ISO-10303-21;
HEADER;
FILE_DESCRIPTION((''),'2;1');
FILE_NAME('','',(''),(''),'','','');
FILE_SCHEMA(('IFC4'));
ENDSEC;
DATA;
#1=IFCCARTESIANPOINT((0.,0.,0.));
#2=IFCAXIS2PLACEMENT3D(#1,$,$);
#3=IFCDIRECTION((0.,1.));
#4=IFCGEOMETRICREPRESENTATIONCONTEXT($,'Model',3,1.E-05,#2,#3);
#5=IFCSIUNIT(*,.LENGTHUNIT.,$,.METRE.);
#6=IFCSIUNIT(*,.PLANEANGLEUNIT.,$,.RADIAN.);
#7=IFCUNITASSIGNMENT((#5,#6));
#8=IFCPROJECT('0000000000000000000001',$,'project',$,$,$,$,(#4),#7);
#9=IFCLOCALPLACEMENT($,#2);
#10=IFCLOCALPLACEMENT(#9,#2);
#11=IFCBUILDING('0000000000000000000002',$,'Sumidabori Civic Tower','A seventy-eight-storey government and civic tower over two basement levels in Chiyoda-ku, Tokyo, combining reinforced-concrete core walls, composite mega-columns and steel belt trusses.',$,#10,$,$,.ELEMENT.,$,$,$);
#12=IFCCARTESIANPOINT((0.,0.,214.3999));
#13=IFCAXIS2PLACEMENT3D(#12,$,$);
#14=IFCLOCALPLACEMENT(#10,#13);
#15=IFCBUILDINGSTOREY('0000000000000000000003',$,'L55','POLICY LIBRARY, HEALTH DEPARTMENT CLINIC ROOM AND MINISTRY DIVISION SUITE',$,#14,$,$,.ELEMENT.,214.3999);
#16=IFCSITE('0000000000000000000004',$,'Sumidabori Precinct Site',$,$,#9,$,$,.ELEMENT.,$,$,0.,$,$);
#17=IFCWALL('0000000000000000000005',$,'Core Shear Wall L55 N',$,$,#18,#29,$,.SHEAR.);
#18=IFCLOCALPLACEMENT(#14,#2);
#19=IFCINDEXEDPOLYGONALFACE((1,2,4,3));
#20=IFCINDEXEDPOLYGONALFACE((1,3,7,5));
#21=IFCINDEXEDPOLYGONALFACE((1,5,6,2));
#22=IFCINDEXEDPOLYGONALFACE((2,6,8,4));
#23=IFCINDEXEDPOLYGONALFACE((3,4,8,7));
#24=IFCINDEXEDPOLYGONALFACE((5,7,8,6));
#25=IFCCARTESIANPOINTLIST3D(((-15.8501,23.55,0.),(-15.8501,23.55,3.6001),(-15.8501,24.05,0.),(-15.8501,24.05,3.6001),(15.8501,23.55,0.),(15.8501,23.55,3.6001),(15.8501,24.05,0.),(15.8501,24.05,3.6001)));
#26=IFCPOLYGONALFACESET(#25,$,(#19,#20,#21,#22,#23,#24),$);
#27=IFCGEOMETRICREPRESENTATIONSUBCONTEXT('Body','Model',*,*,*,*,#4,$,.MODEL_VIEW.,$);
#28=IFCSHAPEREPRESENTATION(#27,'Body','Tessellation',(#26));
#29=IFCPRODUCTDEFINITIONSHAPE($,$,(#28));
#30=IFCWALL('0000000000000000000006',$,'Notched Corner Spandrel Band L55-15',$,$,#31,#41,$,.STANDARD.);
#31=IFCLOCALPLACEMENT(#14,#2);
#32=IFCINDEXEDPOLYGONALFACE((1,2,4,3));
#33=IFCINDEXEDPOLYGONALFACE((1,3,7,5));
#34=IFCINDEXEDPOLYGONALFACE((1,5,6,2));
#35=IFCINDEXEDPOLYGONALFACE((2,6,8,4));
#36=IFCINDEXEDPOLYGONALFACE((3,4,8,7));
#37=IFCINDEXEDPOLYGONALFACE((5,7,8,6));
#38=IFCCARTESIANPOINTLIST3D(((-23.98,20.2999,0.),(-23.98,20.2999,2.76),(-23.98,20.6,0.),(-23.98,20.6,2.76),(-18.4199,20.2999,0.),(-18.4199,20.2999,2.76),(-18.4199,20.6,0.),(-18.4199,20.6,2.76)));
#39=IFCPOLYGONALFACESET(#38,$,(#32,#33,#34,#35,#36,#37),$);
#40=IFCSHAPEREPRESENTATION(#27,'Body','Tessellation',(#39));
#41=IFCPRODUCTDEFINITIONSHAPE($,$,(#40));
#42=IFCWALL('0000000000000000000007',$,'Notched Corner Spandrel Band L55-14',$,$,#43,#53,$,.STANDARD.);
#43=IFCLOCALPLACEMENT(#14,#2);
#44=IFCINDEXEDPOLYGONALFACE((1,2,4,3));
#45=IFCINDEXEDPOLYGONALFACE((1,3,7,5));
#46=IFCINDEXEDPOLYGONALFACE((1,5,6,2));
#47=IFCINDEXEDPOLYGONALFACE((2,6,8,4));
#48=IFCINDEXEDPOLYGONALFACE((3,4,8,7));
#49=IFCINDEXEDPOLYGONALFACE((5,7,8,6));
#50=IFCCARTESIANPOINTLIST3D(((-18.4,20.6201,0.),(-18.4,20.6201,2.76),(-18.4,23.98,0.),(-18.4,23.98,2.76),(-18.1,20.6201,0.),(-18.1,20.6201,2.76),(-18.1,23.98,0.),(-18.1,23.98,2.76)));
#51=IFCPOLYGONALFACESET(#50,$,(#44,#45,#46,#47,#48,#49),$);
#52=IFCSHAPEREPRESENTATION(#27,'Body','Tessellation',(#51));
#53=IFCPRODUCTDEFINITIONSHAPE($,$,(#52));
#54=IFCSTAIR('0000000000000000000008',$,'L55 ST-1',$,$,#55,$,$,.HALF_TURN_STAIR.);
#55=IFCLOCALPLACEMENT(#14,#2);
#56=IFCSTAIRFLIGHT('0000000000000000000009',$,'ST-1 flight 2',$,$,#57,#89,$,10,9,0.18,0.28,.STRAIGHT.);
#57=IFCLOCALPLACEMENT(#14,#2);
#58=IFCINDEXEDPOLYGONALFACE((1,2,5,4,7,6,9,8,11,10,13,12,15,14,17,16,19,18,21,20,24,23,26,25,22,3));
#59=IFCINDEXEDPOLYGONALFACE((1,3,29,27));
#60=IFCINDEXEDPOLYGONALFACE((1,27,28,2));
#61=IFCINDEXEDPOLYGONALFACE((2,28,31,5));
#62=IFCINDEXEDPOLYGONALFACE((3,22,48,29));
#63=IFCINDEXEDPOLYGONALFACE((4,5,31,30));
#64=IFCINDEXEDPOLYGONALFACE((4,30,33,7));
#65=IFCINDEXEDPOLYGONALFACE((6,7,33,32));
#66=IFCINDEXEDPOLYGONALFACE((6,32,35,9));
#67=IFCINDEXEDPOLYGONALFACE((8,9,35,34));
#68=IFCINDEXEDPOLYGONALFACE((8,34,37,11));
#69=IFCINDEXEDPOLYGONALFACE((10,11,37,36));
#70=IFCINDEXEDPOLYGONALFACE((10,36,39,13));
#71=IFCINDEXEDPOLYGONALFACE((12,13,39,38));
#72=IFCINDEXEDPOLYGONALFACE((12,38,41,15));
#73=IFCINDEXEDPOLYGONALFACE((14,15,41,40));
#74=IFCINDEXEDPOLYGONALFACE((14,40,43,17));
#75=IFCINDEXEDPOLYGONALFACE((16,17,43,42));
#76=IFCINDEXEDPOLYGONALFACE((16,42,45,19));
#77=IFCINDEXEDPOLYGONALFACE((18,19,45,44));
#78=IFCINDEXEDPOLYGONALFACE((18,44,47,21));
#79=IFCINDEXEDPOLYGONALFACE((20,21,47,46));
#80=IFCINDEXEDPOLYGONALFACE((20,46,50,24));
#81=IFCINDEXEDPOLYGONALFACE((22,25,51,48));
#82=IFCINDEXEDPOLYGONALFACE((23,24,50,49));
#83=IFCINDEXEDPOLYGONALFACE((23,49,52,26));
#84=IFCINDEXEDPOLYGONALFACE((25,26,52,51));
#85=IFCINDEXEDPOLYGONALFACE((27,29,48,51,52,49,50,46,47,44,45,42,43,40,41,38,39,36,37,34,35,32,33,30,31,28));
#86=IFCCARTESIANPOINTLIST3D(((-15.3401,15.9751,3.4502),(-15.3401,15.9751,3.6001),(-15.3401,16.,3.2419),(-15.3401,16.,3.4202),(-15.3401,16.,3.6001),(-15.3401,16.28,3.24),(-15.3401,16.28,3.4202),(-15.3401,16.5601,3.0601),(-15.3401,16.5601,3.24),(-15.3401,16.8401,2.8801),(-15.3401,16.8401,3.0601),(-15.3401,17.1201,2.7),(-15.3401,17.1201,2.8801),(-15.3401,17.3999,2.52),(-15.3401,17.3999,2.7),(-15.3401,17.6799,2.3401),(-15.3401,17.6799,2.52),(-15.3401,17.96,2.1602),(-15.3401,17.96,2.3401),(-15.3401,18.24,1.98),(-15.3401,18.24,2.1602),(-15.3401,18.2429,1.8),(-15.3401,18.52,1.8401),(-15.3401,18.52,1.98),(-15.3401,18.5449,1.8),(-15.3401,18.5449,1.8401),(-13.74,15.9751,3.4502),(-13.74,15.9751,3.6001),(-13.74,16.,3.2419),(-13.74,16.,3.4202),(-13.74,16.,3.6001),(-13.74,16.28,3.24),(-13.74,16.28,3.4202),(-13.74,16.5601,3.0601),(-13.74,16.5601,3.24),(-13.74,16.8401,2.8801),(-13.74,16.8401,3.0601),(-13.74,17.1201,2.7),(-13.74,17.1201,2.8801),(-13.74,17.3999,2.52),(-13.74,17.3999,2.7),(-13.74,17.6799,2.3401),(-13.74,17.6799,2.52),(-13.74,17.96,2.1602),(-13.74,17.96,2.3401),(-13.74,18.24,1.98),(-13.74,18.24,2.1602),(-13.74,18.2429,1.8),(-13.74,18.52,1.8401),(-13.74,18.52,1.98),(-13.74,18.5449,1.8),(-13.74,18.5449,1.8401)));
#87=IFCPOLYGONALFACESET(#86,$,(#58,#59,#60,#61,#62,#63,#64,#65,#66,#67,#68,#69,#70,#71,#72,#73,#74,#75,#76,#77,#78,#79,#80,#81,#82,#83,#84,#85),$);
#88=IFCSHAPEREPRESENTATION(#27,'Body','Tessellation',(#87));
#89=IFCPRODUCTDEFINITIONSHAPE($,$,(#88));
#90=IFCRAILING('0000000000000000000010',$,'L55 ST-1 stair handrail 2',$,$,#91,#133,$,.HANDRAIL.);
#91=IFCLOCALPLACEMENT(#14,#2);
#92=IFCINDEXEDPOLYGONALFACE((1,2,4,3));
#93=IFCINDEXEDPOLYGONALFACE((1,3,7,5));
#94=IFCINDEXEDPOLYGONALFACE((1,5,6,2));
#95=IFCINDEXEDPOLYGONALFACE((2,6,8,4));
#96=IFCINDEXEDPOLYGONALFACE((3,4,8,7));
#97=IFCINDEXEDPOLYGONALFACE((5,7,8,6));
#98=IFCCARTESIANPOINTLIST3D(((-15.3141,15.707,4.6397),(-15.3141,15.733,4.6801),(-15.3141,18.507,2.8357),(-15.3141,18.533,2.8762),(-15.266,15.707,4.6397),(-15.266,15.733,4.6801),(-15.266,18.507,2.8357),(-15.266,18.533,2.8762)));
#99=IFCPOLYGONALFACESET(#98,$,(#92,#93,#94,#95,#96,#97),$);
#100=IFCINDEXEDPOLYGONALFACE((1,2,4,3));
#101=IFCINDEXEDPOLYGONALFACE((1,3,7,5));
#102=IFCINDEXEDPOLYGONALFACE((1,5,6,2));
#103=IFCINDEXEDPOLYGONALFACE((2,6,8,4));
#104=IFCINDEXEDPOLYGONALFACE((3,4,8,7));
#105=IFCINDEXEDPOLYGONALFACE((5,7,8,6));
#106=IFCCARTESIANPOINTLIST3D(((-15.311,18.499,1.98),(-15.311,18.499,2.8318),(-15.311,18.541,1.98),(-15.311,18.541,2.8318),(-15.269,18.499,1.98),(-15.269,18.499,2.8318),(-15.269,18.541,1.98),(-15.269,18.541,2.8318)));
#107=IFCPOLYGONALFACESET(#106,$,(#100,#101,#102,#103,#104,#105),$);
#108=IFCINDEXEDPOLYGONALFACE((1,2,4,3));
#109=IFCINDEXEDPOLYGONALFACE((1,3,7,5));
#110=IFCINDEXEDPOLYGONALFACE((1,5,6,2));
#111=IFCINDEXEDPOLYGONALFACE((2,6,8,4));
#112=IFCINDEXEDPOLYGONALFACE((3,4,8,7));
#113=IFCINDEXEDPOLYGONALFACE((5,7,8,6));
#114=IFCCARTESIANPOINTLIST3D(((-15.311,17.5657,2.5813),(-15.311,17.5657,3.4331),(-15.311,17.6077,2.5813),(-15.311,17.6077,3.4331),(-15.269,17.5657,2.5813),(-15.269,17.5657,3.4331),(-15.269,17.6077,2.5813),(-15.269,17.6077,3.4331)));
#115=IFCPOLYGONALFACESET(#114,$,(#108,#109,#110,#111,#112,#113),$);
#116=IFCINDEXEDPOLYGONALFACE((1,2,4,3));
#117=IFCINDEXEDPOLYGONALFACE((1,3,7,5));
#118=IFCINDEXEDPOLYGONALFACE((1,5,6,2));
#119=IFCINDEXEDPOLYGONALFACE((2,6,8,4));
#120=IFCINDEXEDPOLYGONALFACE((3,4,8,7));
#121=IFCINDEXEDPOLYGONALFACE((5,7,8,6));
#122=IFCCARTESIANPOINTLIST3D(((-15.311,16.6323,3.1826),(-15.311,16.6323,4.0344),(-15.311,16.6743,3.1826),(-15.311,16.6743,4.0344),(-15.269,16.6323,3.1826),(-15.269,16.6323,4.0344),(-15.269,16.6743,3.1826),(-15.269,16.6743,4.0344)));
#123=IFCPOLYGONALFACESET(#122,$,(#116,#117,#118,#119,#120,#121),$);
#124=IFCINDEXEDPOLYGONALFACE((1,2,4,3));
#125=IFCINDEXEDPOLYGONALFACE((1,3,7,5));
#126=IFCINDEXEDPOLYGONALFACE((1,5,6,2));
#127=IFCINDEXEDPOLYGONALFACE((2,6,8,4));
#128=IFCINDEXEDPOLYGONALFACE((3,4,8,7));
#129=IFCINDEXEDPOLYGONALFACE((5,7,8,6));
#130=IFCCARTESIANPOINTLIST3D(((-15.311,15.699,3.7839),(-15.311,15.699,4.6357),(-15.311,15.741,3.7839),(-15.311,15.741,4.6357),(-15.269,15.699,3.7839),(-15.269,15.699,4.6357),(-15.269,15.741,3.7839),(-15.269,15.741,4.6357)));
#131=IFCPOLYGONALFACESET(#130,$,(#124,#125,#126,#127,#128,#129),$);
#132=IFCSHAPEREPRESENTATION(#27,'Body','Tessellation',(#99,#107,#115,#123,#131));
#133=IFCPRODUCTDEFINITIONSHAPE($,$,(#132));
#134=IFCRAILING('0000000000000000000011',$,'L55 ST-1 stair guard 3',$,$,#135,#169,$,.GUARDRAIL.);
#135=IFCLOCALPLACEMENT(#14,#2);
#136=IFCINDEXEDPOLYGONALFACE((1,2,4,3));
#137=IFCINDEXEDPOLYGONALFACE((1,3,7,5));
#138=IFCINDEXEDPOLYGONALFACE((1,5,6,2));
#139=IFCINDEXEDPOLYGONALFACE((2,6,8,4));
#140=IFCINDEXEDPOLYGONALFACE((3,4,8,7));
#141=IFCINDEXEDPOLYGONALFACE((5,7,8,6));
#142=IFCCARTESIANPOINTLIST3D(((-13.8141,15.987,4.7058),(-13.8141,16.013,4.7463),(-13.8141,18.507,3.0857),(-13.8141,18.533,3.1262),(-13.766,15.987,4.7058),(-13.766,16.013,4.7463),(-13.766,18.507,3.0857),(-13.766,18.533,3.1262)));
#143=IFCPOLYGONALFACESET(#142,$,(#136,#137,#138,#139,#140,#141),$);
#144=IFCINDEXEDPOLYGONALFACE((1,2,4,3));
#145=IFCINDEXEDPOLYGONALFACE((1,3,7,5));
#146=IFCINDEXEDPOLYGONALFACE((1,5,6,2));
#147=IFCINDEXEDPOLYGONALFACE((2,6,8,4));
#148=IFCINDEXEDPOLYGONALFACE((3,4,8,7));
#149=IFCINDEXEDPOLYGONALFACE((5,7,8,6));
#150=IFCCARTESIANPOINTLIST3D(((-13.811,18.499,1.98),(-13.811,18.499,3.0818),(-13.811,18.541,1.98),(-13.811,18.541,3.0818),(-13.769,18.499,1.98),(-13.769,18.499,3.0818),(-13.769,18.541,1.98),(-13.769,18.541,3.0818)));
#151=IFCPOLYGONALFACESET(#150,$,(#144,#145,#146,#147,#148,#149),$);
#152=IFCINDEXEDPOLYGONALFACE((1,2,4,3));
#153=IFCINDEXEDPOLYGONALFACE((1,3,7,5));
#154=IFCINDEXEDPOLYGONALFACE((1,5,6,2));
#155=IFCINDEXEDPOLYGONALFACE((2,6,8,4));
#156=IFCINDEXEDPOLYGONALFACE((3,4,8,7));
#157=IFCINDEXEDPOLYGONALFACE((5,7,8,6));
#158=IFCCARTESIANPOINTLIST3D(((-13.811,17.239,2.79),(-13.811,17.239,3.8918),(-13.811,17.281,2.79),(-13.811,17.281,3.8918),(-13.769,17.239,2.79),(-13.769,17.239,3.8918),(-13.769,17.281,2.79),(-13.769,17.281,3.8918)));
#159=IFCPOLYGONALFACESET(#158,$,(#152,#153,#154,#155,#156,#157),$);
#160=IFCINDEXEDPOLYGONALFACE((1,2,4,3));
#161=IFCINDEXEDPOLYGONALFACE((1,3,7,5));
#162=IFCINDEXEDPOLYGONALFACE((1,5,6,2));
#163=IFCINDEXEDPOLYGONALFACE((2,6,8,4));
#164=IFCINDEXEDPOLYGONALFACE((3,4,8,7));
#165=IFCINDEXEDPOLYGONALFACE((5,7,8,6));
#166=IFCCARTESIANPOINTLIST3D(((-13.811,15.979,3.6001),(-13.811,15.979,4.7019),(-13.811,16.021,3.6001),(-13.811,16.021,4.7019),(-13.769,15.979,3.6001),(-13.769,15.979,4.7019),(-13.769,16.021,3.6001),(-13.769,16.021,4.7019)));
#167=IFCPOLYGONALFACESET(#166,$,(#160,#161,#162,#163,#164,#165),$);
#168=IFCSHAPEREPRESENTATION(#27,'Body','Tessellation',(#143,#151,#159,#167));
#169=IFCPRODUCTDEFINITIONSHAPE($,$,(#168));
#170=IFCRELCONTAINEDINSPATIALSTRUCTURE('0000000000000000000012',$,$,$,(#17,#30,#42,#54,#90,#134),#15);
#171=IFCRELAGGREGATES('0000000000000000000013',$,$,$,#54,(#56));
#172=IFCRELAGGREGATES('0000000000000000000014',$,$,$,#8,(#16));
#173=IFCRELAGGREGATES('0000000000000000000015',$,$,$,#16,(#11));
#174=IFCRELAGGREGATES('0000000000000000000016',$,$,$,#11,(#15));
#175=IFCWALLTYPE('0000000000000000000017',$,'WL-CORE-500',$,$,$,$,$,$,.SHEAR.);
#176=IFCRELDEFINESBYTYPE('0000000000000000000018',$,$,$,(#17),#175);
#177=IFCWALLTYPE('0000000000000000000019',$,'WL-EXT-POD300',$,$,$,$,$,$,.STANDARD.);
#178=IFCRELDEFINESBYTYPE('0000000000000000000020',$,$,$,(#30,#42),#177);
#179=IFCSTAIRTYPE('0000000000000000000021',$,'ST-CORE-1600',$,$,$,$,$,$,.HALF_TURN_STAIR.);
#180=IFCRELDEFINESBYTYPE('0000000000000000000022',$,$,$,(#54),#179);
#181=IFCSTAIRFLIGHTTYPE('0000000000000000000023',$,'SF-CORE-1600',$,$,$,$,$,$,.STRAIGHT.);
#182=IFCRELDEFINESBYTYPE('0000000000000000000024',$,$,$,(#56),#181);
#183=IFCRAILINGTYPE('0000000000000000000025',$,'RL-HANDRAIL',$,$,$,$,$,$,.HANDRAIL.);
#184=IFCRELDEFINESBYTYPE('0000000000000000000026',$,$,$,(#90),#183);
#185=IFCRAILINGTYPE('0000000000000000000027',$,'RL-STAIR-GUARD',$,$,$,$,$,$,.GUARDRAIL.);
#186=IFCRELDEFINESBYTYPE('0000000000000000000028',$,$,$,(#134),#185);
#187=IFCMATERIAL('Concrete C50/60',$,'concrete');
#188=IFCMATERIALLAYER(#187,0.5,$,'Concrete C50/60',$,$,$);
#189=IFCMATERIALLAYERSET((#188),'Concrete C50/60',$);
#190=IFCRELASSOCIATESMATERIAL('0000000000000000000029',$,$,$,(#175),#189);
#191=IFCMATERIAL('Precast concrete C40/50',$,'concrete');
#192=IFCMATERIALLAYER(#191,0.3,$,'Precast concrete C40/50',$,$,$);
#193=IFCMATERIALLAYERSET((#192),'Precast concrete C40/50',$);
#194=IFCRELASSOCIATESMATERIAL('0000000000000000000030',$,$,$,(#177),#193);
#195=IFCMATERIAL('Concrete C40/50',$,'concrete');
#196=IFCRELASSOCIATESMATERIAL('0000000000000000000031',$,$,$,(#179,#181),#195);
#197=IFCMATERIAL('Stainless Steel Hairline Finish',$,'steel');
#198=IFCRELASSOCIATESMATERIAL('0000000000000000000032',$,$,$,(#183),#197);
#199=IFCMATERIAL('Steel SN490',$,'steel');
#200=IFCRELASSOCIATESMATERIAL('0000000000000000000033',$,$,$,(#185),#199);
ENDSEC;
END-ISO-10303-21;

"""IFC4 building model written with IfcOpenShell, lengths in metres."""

from ifc_helpers import new_model, si_unit, direction, frame, frame_2d, origin, origin_2d, place, context, subcontext, project, spatial, polyline, rectangle, outline, extrude, source, transform, mapped, material, layer, layer_set, type_object, element, aggregate, save


model = new_model("IFC4")

# Units and contexts
model_context = context("Model", 3, precision=1e-05, world=origin(), true_north=direction((0.0, 1.0)))
body_context = subcontext(model_context, "Body", "Model", "MODEL_VIEW")
ifc_project = project(units=[si_unit("LENGTHUNIT", "METRE"), si_unit("PLANEANGLEUNIT", "RADIAN")], contexts=[model_context])

# Site, building, storey
site_placement = place(None, origin())
site = spatial("IfcSite", under=ifc_project, at=site_placement, Name="Sumidabori Precinct Site", CompositionType="ELEMENT", RefElevation=0.0)
building_placement = place(site_placement, origin())
building = spatial("IfcBuilding", under=site, at=building_placement, Name="Sumidabori Civic Tower", Description="A seventy-eight-storey government and civic tower over two basement levels in Chiyoda-ku, Tokyo, combining reinforced-concrete core walls, composite mega-columns and steel belt trusses.", CompositionType="ELEMENT")
storey_placement = place(building_placement, frame((0.0, 0.0, 214.3999)))
storey = spatial("IfcBuildingStorey", under=building, at=storey_placement, Name="L55", Description="POLICY LIBRARY, HEALTH DEPARTMENT CLINIC ROOM AND MINISTRY DIVISION SUITE", CompositionType="ELEMENT", Elevation=214.3999)

# Shared definitions
ifc_material_1 = material(Name="Steel SN490", Category="steel")

# Wall
ifc_material_2 = material(Name="Concrete C50/60", Category="concrete")
ifc_layer_1 = layer(ifc_material_2, 0.5, Name="Concrete C50/60")
ifc_layer_set_1 = layer_set([ifc_layer_1], Name="Concrete C50/60")
wall_type_1 = type_object("IfcWallType", Name="WL-CORE-500", PredefinedType="SHEAR", material=ifc_layer_set_1)
shared_shape_1 = source(origin(), body_context, "Body", "SweptSolid", [
    extrude(rectangle(XDim=31.7002, YDim=0.5, at=frame_2d((15.8501, 0.0))), origin(), (0.0, 0.0, 1.0), 3.6001),
])
wall_1_placement = place(storey_placement, frame((-15.8501, 23.8, 0.0), z_axis=(0.0, 0.0, 1.0), x_axis=(1.0, 0.0, 0.0)))
element("IfcWall", 1, at=wall_1_placement, inside=storey, type_object=wall_type_1, Name="Core Shear Wall L55 N", PredefinedType="SHEAR", context=body_context, shape_type="MappedRepresentation", body=[
    mapped(shared_shape_1, transform((0.0, 0.0, 0.0), x_axis=(1.0, 0.0, 0.0), y_axis=(0.0, 1.0, 0.0), z_axis=(0.0, 0.0, 1.0), scale=1.0)),
])

# Walls
ifc_material_3 = material(Name="Precast concrete C40/50", Category="concrete")
ifc_layer_2 = layer(ifc_material_3, 0.3, Name="Precast concrete C40/50")
ifc_layer_set_2 = layer_set([ifc_layer_2], Name="Precast concrete C40/50")
wall_type_2 = type_object("IfcWallType", Name="WL-EXT-POD300", PredefinedType="STANDARD", material=ifc_layer_set_2)
shared_shape_2 = source(origin(), body_context, "Body", "SweptSolid", [
    extrude(rectangle(XDim=5.5601, YDim=0.3, at=frame_2d((2.78, 0.0))), origin(), (0.0, 0.0, 1.0), 2.76),
])
wall_2_placement = place(storey_placement, frame((-18.4199, 20.45, 0.0), z_axis=(0.0, 0.0, 1.0), x_axis=(-1.0, 0.0, 0.0)))
element("IfcWall", 2, at=wall_2_placement, inside=storey, type_object=wall_type_2, Name="Notched Corner Spandrel Band L55-15", PredefinedType="STANDARD", context=body_context, shape_type="MappedRepresentation", body=[
    mapped(shared_shape_2, transform((0.0, 0.0, 0.0), x_axis=(1.0, 0.0, 0.0), y_axis=(0.0, 1.0, 0.0), z_axis=(0.0, 0.0, 1.0), scale=1.0)),
])
shared_shape_3 = source(origin(), body_context, "Body", "SweptSolid", [
    extrude(rectangle(XDim=3.3599, YDim=0.3, at=frame_2d((1.6799, 0.0))), origin(), (0.0, 0.0, 1.0), 2.76),
])
wall_3_placement = place(storey_placement, frame((-18.25, 23.98, 0.0), z_axis=(0.0, 0.0, 1.0), x_axis=(0.0, -1.0, 0.0)))
element("IfcWall", 3, at=wall_3_placement, inside=storey, type_object=wall_type_2, Name="Notched Corner Spandrel Band L55-14", PredefinedType="STANDARD", context=body_context, shape_type="MappedRepresentation", body=[
    mapped(shared_shape_3, transform((0.0, 0.0, 0.0), x_axis=(1.0, 0.0, 0.0), y_axis=(0.0, 1.0, 0.0), z_axis=(0.0, 0.0, 1.0), scale=1.0)),
])

# Stair, stair flight
ifc_material_4 = material(Name="Concrete C40/50", Category="concrete")
stair_type = type_object("IfcStairType", Name="ST-CORE-1600", PredefinedType="HALF_TURN_STAIR", material=ifc_material_4)
stair_placement = place(storey_placement, origin())
stair = element("IfcStair", 4, at=stair_placement, inside=storey, type_object=stair_type, Name="L55 ST-1", PredefinedType="HALF_TURN_STAIR")
stair_flight_type = type_object("IfcStairFlightType", Name="SF-CORE-1600", PredefinedType="STRAIGHT", material=ifc_material_4)
shared_shape_4 = source(origin(), body_context, "Body", "SweptSolid", [
    extrude(outline(polyline([(-0.0249, 0.0), (-0.0249, 0.04), (0.0, 0.04), (0.0, 0.1799), (0.28, 0.1799), (0.28, 0.3601), (0.5601, 0.3601), (0.5601, 0.54), (0.8401, 0.54), (0.8401, 0.72), (1.1201, 0.72), (1.1201, 0.8999), (1.3999, 0.8999), (1.3999, 1.0801), (1.6799, 1.0801), (1.6799, 1.26), (1.96, 1.26), (1.96, 1.4399), (2.24, 1.4399), (2.24, 1.6201), (2.52, 1.6201), (2.52, 1.8), (2.5449, 1.8), (2.5449, 1.6501), (2.52, 1.4419), (0.2771, 0.0), (-0.0249, 0.0)])), frame((0.0, 0.8, 0.0), z_axis=(0.0, -1.0, 0.0), x_axis=(1.0, 0.0, 0.0)), (0.0, 0.0, 1.0), 1.6001),
])
stair_flight_placement = place(storey_placement, frame((-14.54, 18.52, 1.8), z_axis=(0.0, 0.0, 1.0), x_axis=(0.0, -1.0, 0.0)))
stair_flight = element("IfcStairFlight", 5, at=stair_flight_placement, type_object=stair_flight_type, Name="ST-1 flight 2", NumberOfRisers=10, NumberOfTreads=9, PredefinedType="STRAIGHT", RiserHeight=0.18, TreadLength=0.28, context=body_context, shape_type="MappedRepresentation", body=[
    mapped(shared_shape_4, transform((0.0, 0.0, 0.0), x_axis=(1.0, 0.0, 0.0), y_axis=(0.0, 1.0, 0.0), z_axis=(0.0, 0.0, 1.0), scale=1.0)),
])
aggregate(stair, [stair_flight])

# Railings
ifc_material_5 = material(Name="Stainless Steel Hairline Finish", Category="steel")
railing_type_1 = type_object("IfcRailingType", Name="RL-HANDRAIL", PredefinedType="HANDRAIL", material=ifc_material_5)
railing_1_placement = place(storey_placement, frame((-15.29, 18.52, 1.98)))
element("IfcRailing", 6, at=railing_1_placement, inside=storey, type_object=railing_type_1, Name="L55 ST-1 stair handrail 2", PredefinedType="HANDRAIL", context=body_context, shape_type="SweptSolid", body=[
    extrude(rectangle(XDim=0.0481, YDim=0.0481, at=origin_2d()), frame((0.0, 0.0, 0.876), z_axis=(0.0, -0.840642, 0.541591), x_axis=(1.0, 0.0, 0.0)), (0.0, 0.0, 1.0), 3.3308),
    extrude(rectangle(XDim=0.042, YDim=0.042, at=origin_2d()), origin(), (0.0, 0.0, 1.0), 0.8518),
    extrude(rectangle(XDim=0.042, YDim=0.042, at=origin_2d()), frame((0.0, -0.9333, 0.6013)), (0.0, 0.0, 1.0), 0.8518),
    extrude(rectangle(XDim=0.042, YDim=0.042, at=origin_2d()), frame((0.0, -1.8667, 1.2026)), (0.0, 0.0, 1.0), 0.8518),
    extrude(rectangle(XDim=0.042, YDim=0.042, at=origin_2d()), frame((0.0, -2.8, 1.804)), (0.0, 0.0, 1.0), 0.8518),
])
railing_type_2 = type_object("IfcRailingType", Name="RL-STAIR-GUARD", PredefinedType="GUARDRAIL", material=ifc_material_1)
railing_2_placement = place(storey_placement, frame((-13.79, 18.52, 1.98)))
element("IfcRailing", 7, at=railing_2_placement, inside=storey, type_object=railing_type_2, Name="L55 ST-1 stair guard 3", PredefinedType="GUARDRAIL", context=body_context, shape_type="SweptSolid", body=[
    extrude(rectangle(XDim=0.0481, YDim=0.0481, at=origin_2d()), frame((0.0, 0.0, 1.126), z_axis=(0.0, -0.841163, 0.540782), x_axis=(1.0, 0.0, 0.0)), (0.0, 0.0, 1.0), 2.9958),
    extrude(rectangle(XDim=0.042, YDim=0.042, at=origin_2d()), origin(), (0.0, 0.0, 1.0), 1.1018),
    extrude(rectangle(XDim=0.042, YDim=0.042, at=origin_2d()), frame((0.0, -1.26, 0.8101)), (0.0, 0.0, 1.0), 1.1018),
    extrude(rectangle(XDim=0.042, YDim=0.042, at=origin_2d()), frame((0.0, -2.52, 1.6201)), (0.0, 0.0, 1.0), 1.1018),
])

save(model, "model.ifc")
